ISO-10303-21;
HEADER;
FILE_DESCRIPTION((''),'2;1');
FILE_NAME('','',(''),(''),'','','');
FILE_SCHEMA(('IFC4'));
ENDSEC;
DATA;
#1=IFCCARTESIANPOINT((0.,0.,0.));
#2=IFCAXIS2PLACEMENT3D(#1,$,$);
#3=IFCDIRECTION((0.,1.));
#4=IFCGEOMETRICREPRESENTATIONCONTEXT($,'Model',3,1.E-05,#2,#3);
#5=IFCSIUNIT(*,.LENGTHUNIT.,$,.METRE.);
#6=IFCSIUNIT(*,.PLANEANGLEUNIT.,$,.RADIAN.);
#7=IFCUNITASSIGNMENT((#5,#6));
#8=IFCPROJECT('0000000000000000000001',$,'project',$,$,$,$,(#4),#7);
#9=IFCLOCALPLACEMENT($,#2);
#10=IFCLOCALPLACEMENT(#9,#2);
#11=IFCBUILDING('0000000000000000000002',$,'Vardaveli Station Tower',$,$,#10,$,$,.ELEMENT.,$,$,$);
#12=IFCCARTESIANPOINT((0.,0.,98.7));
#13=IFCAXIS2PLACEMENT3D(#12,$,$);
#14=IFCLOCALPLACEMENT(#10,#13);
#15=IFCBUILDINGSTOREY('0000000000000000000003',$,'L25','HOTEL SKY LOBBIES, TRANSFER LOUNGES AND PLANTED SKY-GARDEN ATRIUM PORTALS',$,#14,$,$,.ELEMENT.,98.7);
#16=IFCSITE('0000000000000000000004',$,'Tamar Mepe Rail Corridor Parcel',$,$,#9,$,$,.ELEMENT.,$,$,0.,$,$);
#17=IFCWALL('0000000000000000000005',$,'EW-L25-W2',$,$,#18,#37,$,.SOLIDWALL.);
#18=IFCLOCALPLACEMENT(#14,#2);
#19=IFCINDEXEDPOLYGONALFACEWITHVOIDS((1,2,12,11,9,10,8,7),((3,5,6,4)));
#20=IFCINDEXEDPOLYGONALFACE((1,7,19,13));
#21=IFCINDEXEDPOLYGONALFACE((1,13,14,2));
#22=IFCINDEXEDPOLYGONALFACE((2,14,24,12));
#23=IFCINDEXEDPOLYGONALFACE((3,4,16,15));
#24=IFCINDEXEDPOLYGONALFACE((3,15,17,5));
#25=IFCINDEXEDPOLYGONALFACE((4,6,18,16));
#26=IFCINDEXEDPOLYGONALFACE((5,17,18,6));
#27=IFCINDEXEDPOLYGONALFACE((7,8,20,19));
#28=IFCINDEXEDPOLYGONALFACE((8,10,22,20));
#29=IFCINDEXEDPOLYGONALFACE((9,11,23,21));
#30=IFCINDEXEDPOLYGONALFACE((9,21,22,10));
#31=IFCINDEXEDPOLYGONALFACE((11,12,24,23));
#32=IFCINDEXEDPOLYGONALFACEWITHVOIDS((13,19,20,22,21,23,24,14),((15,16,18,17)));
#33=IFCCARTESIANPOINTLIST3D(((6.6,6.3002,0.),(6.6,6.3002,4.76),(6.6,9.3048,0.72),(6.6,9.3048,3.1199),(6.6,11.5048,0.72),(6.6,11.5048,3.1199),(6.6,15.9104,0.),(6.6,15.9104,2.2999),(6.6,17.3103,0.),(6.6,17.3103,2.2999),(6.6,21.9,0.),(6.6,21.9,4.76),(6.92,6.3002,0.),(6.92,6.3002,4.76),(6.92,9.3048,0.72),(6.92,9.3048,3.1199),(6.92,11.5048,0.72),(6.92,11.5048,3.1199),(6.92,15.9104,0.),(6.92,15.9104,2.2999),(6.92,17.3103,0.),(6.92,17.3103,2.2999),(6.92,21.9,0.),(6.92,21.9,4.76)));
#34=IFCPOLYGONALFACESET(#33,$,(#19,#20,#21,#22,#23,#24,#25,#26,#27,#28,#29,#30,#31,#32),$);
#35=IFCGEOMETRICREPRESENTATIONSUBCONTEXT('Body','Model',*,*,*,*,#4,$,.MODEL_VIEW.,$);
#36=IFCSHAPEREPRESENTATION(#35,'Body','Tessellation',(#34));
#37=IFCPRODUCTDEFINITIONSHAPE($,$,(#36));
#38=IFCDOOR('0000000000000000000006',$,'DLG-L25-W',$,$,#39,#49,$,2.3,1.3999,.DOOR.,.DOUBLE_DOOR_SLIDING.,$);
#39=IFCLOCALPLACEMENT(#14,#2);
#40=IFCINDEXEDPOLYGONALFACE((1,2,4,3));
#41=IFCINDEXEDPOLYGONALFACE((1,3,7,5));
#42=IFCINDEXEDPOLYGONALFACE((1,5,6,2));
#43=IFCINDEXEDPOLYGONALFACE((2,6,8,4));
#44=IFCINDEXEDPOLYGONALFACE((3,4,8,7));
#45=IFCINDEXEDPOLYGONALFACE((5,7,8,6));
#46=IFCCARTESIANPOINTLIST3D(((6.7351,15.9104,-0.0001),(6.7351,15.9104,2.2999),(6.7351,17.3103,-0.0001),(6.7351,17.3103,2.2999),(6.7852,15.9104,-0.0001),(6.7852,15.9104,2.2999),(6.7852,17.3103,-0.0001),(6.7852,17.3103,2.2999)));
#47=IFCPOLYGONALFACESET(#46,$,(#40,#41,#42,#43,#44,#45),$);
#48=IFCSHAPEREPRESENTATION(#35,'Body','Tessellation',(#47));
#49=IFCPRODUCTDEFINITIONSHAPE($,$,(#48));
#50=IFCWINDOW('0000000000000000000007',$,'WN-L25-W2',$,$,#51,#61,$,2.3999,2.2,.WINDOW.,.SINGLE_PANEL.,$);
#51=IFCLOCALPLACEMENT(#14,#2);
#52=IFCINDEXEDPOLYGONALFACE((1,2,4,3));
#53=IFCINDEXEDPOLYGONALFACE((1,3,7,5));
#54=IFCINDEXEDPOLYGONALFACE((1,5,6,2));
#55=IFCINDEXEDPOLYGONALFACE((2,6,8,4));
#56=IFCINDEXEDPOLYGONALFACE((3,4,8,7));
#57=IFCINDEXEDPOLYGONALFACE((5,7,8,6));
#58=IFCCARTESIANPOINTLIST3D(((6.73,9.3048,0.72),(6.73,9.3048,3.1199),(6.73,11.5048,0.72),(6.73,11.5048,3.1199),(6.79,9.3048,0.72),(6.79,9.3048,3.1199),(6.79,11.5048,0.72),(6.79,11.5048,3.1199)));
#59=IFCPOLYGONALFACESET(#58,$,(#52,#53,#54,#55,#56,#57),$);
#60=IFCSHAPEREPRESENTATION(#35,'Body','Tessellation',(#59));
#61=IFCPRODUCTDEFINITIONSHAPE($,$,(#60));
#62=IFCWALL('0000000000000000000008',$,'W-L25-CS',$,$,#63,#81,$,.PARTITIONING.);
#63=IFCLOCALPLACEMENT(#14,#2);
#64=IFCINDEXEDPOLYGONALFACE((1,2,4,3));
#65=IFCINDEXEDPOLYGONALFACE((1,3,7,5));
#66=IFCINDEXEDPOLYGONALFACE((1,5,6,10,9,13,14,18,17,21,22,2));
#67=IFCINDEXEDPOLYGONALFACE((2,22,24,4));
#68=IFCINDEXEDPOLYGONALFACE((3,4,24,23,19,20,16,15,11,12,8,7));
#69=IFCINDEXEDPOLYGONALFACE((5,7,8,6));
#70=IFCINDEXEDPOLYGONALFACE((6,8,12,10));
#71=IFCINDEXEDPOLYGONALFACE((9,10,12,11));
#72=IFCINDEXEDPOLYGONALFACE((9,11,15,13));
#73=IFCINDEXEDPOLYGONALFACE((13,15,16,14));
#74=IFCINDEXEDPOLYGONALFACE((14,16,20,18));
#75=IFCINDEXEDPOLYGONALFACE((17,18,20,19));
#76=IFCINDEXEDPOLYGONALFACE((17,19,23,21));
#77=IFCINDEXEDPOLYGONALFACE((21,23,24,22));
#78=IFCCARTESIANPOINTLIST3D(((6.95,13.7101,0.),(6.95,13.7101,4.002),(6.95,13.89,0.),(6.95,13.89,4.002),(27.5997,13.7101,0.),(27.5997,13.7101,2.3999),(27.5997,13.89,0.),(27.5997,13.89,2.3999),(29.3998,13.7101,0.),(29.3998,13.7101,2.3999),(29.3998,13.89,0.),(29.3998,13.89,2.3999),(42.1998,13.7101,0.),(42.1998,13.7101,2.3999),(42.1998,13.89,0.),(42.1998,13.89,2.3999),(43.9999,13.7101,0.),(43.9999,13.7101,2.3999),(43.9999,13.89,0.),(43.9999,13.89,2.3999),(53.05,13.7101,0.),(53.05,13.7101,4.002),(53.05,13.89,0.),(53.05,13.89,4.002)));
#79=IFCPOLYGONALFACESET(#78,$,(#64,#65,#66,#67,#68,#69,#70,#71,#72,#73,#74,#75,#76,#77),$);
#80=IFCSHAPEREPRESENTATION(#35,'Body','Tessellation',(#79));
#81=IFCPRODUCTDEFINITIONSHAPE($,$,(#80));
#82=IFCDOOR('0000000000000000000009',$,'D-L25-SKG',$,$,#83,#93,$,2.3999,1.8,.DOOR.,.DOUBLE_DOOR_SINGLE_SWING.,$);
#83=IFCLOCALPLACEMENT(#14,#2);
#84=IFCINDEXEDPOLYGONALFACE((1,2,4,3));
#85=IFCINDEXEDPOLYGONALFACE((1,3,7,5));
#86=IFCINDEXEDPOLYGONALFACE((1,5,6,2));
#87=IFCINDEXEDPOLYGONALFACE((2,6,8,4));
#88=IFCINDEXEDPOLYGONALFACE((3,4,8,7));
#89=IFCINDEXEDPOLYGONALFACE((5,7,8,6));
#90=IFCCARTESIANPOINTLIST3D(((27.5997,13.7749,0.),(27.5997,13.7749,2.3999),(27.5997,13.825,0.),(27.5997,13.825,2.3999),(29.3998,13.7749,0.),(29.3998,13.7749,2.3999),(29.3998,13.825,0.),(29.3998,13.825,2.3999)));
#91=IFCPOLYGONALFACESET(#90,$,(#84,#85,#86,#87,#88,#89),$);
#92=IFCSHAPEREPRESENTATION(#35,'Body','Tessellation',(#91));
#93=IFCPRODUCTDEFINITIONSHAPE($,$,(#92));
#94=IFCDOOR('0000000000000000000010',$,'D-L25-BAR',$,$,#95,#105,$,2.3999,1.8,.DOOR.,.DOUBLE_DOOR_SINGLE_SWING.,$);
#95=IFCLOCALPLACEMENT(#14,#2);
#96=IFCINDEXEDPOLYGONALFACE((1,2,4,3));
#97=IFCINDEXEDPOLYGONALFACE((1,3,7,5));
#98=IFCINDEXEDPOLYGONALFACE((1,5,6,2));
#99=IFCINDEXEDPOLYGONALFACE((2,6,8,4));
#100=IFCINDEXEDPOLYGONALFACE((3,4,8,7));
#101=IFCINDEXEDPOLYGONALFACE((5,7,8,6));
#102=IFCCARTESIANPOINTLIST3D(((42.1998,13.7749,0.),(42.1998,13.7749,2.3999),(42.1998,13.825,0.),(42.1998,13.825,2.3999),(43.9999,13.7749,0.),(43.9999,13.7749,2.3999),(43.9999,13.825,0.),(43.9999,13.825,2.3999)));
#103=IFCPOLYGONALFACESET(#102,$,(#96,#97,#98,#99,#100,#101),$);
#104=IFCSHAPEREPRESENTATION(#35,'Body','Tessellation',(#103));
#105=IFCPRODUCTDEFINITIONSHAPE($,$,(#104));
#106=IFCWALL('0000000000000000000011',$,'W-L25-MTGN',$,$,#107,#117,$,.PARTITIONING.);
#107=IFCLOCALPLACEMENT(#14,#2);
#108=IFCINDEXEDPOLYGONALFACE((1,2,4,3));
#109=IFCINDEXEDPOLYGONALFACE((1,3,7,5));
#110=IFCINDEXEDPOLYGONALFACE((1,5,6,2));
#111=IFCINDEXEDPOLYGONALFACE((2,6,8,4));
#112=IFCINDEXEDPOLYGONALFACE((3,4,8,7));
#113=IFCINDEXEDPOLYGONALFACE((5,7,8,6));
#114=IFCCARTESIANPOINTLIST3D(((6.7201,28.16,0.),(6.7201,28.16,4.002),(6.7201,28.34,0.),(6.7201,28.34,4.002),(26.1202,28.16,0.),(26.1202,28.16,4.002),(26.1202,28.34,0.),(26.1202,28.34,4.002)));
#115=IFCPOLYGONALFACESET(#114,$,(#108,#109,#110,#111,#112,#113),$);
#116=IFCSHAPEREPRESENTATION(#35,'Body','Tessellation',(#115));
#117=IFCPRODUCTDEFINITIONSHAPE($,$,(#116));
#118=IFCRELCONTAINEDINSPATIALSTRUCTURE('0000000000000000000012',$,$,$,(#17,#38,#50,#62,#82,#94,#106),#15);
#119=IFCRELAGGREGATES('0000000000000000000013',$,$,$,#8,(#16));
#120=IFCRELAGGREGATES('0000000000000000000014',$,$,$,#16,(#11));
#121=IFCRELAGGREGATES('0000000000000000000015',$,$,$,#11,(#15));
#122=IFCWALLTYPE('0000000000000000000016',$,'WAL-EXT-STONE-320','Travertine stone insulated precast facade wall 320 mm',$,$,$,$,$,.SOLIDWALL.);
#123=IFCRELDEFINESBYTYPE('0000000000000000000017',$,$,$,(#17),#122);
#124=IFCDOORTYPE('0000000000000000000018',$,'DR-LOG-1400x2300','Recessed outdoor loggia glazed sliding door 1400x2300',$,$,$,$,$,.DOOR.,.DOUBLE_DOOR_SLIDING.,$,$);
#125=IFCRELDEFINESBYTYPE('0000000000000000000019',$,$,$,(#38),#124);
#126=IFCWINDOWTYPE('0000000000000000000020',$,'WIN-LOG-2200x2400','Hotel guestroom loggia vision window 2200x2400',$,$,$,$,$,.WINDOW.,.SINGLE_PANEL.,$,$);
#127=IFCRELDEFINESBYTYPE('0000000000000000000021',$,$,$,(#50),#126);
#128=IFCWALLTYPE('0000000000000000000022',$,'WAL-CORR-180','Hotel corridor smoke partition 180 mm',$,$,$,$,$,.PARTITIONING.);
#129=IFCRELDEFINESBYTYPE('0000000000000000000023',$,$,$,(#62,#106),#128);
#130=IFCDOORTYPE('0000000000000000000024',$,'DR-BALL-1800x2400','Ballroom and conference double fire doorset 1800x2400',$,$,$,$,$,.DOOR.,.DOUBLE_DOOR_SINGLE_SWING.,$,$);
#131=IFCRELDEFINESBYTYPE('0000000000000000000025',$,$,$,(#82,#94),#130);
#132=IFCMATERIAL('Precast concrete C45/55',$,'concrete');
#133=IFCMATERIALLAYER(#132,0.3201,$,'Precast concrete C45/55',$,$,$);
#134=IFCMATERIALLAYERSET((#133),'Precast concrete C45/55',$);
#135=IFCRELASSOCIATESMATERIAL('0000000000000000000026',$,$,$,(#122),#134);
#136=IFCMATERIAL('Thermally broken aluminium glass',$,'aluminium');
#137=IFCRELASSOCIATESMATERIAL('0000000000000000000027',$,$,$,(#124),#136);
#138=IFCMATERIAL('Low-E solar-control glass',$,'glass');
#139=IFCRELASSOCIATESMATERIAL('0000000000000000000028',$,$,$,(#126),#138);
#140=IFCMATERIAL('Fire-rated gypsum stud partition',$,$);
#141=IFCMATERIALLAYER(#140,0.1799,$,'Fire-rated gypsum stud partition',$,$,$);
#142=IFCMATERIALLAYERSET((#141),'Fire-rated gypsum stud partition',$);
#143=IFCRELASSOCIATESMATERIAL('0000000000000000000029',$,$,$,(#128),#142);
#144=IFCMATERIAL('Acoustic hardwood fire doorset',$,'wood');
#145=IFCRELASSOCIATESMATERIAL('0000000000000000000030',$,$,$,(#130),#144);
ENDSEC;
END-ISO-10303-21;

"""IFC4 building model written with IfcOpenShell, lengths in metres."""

from ifc_helpers import new_model, si_unit, direction, frame, frame_2d, origin, place, context, subcontext, project, spatial, rectangle, extrude, source, transform, mapped, material, layer, layer_set, type_object, element, fill, save


model = new_model("IFC4")

# Units and contexts
model_context = context("Model", 3, precision=1e-05, world=origin(), true_north=direction((0.0, 1.0)))
body_context = subcontext(model_context, "Body", "Model", "MODEL_VIEW")
ifc_project = project(units=[si_unit("LENGTHUNIT", "METRE"), si_unit("PLANEANGLEUNIT", "RADIAN")], contexts=[model_context])

# Site, building, storey
site_placement = place(None, origin())
site = spatial("IfcSite", under=ifc_project, at=site_placement, Name="Tamar Mepe Rail Corridor Parcel", CompositionType="ELEMENT", RefElevation=0.0)
building_placement = place(site_placement, origin())
building = spatial("IfcBuilding", under=site, at=building_placement, Name="Vardaveli Station Tower", CompositionType="ELEMENT")
storey_placement = place(building_placement, frame((0.0, 0.0, 98.7)))
storey = spatial("IfcBuildingStorey", under=building, at=storey_placement, Name="L25", Description="HOTEL SKY LOBBIES, TRANSFER LOUNGES AND PLANTED SKY-GARDEN ATRIUM PORTALS", CompositionType="ELEMENT", Elevation=98.7)

# Wall, openings, door, window
ifc_material_1 = material(Name="Precast concrete C45/55", Category="concrete")
ifc_layer_1 = layer(ifc_material_1, 0.3201, Name="Precast concrete C45/55")
ifc_layer_set_1 = layer_set([ifc_layer_1], Name="Precast concrete C45/55")
wall_type_1 = type_object("IfcWallType", Name="WAL-EXT-STONE-320", Description="Travertine stone insulated precast facade wall 320 mm", PredefinedType="SOLIDWALL", material=ifc_layer_set_1)
shared_shape_1 = source(origin(), body_context, "Body", "SweptSolid", [
    extrude(rectangle(XDim=15.5999, YDim=0.3201, at=frame_2d((7.7998, 0.0))), origin(), (0.0, 0.0, 1.0), 4.76),
])
wall_1_placement = place(storey_placement, frame((6.76, 21.8999, 0.0), z_axis=(0.0, 0.0, 1.0), x_axis=(0.0, -1.0, 0.0)))
wall_1 = element("IfcWall", 1, at=wall_1_placement, inside=storey, type_object=wall_type_1, Name="EW-L25-W2", PredefinedType="SOLIDWALL", context=body_context, shape_type="MappedRepresentation", body=[
    mapped(shared_shape_1, transform((0.0, 0.0, 0.0), scale=1.0)),
])
shared_shape_2 = source(origin(), body_context, "Body", "SweptSolid", [
    extrude(rectangle(XDim=1.3999, YDim=2.3, at=frame_2d((0.7, 1.1499))), frame((0.0, 0.1699, 0.0), z_axis=(0.0, -1.0, 0.0), x_axis=(1.0, 0.0, 0.0)), (0.0, 0.0, 1.0), 0.3401),
])
opening_1_placement = place(wall_1_placement, frame((4.5896, 0.0, 0.0)))
opening_1 = element("IfcOpeningElement", 2, at=opening_1_placement, cuts=wall_1, PredefinedType="OPENING", context=body_context, shape_type="MappedRepresentation", body=[
    mapped(shared_shape_2, transform((0.0, 0.0, 0.0), scale=1.0)),
])
shared_shape_3 = source(origin(), body_context, "Body", "SweptSolid", [
    extrude(rectangle(XDim=2.2, YDim=2.3999, at=frame_2d((1.1001, 1.2))), frame((0.0, 0.1699, 0.0), z_axis=(0.0, -1.0, 0.0), x_axis=(1.0, 0.0, 0.0)), (0.0, 0.0, 1.0), 0.3401),
])
opening_2_placement = place(wall_1_placement, frame((10.395, 0.0, 0.72)))
opening_2 = element("IfcOpeningElement", 3, at=opening_2_placement, cuts=wall_1, PredefinedType="OPENING", context=body_context, shape_type="MappedRepresentation", body=[
    mapped(shared_shape_3, transform((0.0, 0.0, 0.0), scale=1.0)),
])
ifc_material_2 = material(Name="Thermally broken aluminium glass", Category="aluminium")
door_type_1 = type_object("IfcDoorType", Name="DR-LOG-1400x2300", Description="Recessed outdoor loggia glazed sliding door 1400x2300", OperationType="DOUBLE_DOOR_SLIDING", PredefinedType="DOOR", material=ifc_material_2)
shared_shape_4 = source(origin(), body_context, "Body", "SweptSolid", [
    extrude(rectangle(XDim=1.3999, YDim=2.3, at=frame_2d((0.7, 1.1499))), frame((0.0, 0.0249, 0.0), z_axis=(0.0, -1.0, 0.0), x_axis=(1.0, 0.0, 0.0)), (0.0, 0.0, 1.0), 0.05),
])
door_1_placement = place(opening_1_placement, frame((1.3999, 0.0, 0.0), z_axis=(0.0, 0.0, 1.0), x_axis=(-1.0, 0.0, 0.0)))
door_1 = element("IfcDoor", 4, at=door_1_placement, inside=storey, type_object=door_type_1, Name="DLG-L25-W", OperationType="DOUBLE_DOOR_SLIDING", OverallHeight=2.3, OverallWidth=1.3999, PredefinedType="DOOR", context=body_context, shape_type="MappedRepresentation", body=[
    mapped(shared_shape_4, transform((0.0, 0.0, 0.0), scale=1.0)),
])
fill(opening_1, door_1)
ifc_material_3 = material(Name="Low-E solar-control glass", Category="glass")
window_type = type_object("IfcWindowType", Name="WIN-LOG-2200x2400", Description="Hotel guestroom loggia vision window 2200x2400", PartitioningType="SINGLE_PANEL", PredefinedType="WINDOW", material=ifc_material_3)
shared_shape_5 = source(origin(), body_context, "Body", "SweptSolid", [
    extrude(rectangle(XDim=2.2, YDim=2.3999, at=frame_2d((1.1001, 1.2))), frame((0.0, 0.03, 0.0), z_axis=(0.0, -1.0, 0.0), x_axis=(1.0, 0.0, 0.0)), (0.0, 0.0, 1.0), 0.0601),
])
window_placement = place(opening_2_placement, origin())
window = element("IfcWindow", 5, at=window_placement, inside=storey, type_object=window_type, Name="WN-L25-W2", OverallHeight=2.3999, OverallWidth=2.2, PartitioningType="SINGLE_PANEL", PredefinedType="WINDOW", context=body_context, shape_type="MappedRepresentation", body=[
    mapped(shared_shape_5, transform((0.0, 0.0, 0.0), scale=1.0)),
])
fill(opening_2, window)

# Wall, openings, doors
ifc_material_4 = material(Name="Fire-rated gypsum stud partition")
ifc_layer_2 = layer(ifc_material_4, 0.1799, Name="Fire-rated gypsum stud partition")
ifc_layer_set_2 = layer_set([ifc_layer_2], Name="Fire-rated gypsum stud partition")
wall_type_2 = type_object("IfcWallType", Name="WAL-CORR-180", Description="Hotel corridor smoke partition 180 mm", PredefinedType="PARTITIONING", material=ifc_layer_set_2)
shared_shape_6 = source(origin(), body_context, "Body", "SweptSolid", [
    extrude(rectangle(XDim=46.1001, YDim=0.1799, at=frame_2d((23.05, 0.0))), origin(), (0.0, 0.0, 1.0), 4.002),
])
wall_2_placement = place(storey_placement, frame((6.95, 13.8, 0.0), z_axis=(0.0, 0.0, 1.0), x_axis=(1.0, 0.0, 0.0)))
wall_2 = element("IfcWall", 6, at=wall_2_placement, inside=storey, type_object=wall_type_2, Name="W-L25-CS", PredefinedType="PARTITIONING", context=body_context, shape_type="MappedRepresentation", body=[
    mapped(shared_shape_6, transform((0.0, 0.0, 0.0), scale=1.0)),
])
shared_shape_7 = source(origin(), body_context, "Body", "SweptSolid", [
    extrude(rectangle(XDim=1.8, YDim=2.3999, at=frame_2d((0.8999, 1.2))), frame((0.0, 0.1001, 0.0), z_axis=(0.0, -1.0, 0.0), x_axis=(1.0, 0.0, 0.0)), (0.0, 0.0, 1.0), 0.2),
])
opening_3_placement = place(wall_2_placement, frame((20.6499, 0.0, 0.0)))
opening_3 = element("IfcOpeningElement", 7, at=opening_3_placement, cuts=wall_2, PredefinedType="OPENING", context=body_context, shape_type="MappedRepresentation", body=[
    mapped(shared_shape_7, transform((0.0, 0.0, 0.0), scale=1.0)),
])
opening_4_placement = place(wall_2_placement, frame((35.25, 0.0, 0.0)))
opening_4 = element("IfcOpeningElement", 8, at=opening_4_placement, cuts=wall_2, PredefinedType="OPENING", context=body_context, shape_type="MappedRepresentation", body=[
    mapped(shared_shape_7, transform((0.0, 0.0, 0.0), scale=1.0)),
])
ifc_material_5 = material(Name="Acoustic hardwood fire doorset", Category="wood")
door_type_2 = type_object("IfcDoorType", Name="DR-BALL-1800x2400", Description="Ballroom and conference double fire doorset 1800x2400", OperationType="DOUBLE_DOOR_SINGLE_SWING", PredefinedType="DOOR", material=ifc_material_5)
shared_shape_8 = source(origin(), body_context, "Body", "SweptSolid", [
    extrude(rectangle(XDim=1.8, YDim=2.3999, at=frame_2d((0.8999, 1.2))), frame((0.0, 0.0249, 0.0), z_axis=(0.0, -1.0, 0.0), x_axis=(1.0, 0.0, 0.0)), (0.0, 0.0, 1.0), 0.05),
])
door_2_placement = place(opening_3_placement, origin())
door_2 = element("IfcDoor", 9, at=door_2_placement, inside=storey, type_object=door_type_2, Name="D-L25-SKG", OperationType="DOUBLE_DOOR_SINGLE_SWING", OverallHeight=2.3999, OverallWidth=1.8, PredefinedType="DOOR", context=body_context, shape_type="MappedRepresentation", body=[
    mapped(shared_shape_8, transform((0.0, 0.0, 0.0), scale=1.0)),
])
fill(opening_3, door_2)
door_3_placement = place(opening_4_placement, origin())
door_3 = element("IfcDoor", 10, at=door_3_placement, inside=storey, type_object=door_type_2, Name="D-L25-BAR", OperationType="DOUBLE_DOOR_SINGLE_SWING", OverallHeight=2.3999, OverallWidth=1.8, PredefinedType="DOOR", context=body_context, shape_type="MappedRepresentation", body=[
    mapped(shared_shape_8, transform((0.0, 0.0, 0.0), scale=1.0)),
])
fill(opening_4, door_3)

# Wall
shared_shape_9 = source(origin(), body_context, "Body", "SweptSolid", [
    extrude(rectangle(XDim=19.4001, YDim=0.1799, at=frame_2d((9.7002, 0.0))), origin(), (0.0, 0.0, 1.0), 4.002),
])
wall_3_placement = place(storey_placement, frame((6.72, 28.25, 0.0), z_axis=(0.0, 0.0, 1.0), x_axis=(1.0, 0.0, 0.0)))
element("IfcWall", 11, at=wall_3_placement, inside=storey, type_object=wall_type_2, Name="W-L25-MTGN", PredefinedType="PARTITIONING", context=body_context, shape_type="MappedRepresentation", body=[
    mapped(shared_shape_9, transform((0.0, 0.0, 0.0), scale=1.0)),
])

save(model, "model.ifc")
